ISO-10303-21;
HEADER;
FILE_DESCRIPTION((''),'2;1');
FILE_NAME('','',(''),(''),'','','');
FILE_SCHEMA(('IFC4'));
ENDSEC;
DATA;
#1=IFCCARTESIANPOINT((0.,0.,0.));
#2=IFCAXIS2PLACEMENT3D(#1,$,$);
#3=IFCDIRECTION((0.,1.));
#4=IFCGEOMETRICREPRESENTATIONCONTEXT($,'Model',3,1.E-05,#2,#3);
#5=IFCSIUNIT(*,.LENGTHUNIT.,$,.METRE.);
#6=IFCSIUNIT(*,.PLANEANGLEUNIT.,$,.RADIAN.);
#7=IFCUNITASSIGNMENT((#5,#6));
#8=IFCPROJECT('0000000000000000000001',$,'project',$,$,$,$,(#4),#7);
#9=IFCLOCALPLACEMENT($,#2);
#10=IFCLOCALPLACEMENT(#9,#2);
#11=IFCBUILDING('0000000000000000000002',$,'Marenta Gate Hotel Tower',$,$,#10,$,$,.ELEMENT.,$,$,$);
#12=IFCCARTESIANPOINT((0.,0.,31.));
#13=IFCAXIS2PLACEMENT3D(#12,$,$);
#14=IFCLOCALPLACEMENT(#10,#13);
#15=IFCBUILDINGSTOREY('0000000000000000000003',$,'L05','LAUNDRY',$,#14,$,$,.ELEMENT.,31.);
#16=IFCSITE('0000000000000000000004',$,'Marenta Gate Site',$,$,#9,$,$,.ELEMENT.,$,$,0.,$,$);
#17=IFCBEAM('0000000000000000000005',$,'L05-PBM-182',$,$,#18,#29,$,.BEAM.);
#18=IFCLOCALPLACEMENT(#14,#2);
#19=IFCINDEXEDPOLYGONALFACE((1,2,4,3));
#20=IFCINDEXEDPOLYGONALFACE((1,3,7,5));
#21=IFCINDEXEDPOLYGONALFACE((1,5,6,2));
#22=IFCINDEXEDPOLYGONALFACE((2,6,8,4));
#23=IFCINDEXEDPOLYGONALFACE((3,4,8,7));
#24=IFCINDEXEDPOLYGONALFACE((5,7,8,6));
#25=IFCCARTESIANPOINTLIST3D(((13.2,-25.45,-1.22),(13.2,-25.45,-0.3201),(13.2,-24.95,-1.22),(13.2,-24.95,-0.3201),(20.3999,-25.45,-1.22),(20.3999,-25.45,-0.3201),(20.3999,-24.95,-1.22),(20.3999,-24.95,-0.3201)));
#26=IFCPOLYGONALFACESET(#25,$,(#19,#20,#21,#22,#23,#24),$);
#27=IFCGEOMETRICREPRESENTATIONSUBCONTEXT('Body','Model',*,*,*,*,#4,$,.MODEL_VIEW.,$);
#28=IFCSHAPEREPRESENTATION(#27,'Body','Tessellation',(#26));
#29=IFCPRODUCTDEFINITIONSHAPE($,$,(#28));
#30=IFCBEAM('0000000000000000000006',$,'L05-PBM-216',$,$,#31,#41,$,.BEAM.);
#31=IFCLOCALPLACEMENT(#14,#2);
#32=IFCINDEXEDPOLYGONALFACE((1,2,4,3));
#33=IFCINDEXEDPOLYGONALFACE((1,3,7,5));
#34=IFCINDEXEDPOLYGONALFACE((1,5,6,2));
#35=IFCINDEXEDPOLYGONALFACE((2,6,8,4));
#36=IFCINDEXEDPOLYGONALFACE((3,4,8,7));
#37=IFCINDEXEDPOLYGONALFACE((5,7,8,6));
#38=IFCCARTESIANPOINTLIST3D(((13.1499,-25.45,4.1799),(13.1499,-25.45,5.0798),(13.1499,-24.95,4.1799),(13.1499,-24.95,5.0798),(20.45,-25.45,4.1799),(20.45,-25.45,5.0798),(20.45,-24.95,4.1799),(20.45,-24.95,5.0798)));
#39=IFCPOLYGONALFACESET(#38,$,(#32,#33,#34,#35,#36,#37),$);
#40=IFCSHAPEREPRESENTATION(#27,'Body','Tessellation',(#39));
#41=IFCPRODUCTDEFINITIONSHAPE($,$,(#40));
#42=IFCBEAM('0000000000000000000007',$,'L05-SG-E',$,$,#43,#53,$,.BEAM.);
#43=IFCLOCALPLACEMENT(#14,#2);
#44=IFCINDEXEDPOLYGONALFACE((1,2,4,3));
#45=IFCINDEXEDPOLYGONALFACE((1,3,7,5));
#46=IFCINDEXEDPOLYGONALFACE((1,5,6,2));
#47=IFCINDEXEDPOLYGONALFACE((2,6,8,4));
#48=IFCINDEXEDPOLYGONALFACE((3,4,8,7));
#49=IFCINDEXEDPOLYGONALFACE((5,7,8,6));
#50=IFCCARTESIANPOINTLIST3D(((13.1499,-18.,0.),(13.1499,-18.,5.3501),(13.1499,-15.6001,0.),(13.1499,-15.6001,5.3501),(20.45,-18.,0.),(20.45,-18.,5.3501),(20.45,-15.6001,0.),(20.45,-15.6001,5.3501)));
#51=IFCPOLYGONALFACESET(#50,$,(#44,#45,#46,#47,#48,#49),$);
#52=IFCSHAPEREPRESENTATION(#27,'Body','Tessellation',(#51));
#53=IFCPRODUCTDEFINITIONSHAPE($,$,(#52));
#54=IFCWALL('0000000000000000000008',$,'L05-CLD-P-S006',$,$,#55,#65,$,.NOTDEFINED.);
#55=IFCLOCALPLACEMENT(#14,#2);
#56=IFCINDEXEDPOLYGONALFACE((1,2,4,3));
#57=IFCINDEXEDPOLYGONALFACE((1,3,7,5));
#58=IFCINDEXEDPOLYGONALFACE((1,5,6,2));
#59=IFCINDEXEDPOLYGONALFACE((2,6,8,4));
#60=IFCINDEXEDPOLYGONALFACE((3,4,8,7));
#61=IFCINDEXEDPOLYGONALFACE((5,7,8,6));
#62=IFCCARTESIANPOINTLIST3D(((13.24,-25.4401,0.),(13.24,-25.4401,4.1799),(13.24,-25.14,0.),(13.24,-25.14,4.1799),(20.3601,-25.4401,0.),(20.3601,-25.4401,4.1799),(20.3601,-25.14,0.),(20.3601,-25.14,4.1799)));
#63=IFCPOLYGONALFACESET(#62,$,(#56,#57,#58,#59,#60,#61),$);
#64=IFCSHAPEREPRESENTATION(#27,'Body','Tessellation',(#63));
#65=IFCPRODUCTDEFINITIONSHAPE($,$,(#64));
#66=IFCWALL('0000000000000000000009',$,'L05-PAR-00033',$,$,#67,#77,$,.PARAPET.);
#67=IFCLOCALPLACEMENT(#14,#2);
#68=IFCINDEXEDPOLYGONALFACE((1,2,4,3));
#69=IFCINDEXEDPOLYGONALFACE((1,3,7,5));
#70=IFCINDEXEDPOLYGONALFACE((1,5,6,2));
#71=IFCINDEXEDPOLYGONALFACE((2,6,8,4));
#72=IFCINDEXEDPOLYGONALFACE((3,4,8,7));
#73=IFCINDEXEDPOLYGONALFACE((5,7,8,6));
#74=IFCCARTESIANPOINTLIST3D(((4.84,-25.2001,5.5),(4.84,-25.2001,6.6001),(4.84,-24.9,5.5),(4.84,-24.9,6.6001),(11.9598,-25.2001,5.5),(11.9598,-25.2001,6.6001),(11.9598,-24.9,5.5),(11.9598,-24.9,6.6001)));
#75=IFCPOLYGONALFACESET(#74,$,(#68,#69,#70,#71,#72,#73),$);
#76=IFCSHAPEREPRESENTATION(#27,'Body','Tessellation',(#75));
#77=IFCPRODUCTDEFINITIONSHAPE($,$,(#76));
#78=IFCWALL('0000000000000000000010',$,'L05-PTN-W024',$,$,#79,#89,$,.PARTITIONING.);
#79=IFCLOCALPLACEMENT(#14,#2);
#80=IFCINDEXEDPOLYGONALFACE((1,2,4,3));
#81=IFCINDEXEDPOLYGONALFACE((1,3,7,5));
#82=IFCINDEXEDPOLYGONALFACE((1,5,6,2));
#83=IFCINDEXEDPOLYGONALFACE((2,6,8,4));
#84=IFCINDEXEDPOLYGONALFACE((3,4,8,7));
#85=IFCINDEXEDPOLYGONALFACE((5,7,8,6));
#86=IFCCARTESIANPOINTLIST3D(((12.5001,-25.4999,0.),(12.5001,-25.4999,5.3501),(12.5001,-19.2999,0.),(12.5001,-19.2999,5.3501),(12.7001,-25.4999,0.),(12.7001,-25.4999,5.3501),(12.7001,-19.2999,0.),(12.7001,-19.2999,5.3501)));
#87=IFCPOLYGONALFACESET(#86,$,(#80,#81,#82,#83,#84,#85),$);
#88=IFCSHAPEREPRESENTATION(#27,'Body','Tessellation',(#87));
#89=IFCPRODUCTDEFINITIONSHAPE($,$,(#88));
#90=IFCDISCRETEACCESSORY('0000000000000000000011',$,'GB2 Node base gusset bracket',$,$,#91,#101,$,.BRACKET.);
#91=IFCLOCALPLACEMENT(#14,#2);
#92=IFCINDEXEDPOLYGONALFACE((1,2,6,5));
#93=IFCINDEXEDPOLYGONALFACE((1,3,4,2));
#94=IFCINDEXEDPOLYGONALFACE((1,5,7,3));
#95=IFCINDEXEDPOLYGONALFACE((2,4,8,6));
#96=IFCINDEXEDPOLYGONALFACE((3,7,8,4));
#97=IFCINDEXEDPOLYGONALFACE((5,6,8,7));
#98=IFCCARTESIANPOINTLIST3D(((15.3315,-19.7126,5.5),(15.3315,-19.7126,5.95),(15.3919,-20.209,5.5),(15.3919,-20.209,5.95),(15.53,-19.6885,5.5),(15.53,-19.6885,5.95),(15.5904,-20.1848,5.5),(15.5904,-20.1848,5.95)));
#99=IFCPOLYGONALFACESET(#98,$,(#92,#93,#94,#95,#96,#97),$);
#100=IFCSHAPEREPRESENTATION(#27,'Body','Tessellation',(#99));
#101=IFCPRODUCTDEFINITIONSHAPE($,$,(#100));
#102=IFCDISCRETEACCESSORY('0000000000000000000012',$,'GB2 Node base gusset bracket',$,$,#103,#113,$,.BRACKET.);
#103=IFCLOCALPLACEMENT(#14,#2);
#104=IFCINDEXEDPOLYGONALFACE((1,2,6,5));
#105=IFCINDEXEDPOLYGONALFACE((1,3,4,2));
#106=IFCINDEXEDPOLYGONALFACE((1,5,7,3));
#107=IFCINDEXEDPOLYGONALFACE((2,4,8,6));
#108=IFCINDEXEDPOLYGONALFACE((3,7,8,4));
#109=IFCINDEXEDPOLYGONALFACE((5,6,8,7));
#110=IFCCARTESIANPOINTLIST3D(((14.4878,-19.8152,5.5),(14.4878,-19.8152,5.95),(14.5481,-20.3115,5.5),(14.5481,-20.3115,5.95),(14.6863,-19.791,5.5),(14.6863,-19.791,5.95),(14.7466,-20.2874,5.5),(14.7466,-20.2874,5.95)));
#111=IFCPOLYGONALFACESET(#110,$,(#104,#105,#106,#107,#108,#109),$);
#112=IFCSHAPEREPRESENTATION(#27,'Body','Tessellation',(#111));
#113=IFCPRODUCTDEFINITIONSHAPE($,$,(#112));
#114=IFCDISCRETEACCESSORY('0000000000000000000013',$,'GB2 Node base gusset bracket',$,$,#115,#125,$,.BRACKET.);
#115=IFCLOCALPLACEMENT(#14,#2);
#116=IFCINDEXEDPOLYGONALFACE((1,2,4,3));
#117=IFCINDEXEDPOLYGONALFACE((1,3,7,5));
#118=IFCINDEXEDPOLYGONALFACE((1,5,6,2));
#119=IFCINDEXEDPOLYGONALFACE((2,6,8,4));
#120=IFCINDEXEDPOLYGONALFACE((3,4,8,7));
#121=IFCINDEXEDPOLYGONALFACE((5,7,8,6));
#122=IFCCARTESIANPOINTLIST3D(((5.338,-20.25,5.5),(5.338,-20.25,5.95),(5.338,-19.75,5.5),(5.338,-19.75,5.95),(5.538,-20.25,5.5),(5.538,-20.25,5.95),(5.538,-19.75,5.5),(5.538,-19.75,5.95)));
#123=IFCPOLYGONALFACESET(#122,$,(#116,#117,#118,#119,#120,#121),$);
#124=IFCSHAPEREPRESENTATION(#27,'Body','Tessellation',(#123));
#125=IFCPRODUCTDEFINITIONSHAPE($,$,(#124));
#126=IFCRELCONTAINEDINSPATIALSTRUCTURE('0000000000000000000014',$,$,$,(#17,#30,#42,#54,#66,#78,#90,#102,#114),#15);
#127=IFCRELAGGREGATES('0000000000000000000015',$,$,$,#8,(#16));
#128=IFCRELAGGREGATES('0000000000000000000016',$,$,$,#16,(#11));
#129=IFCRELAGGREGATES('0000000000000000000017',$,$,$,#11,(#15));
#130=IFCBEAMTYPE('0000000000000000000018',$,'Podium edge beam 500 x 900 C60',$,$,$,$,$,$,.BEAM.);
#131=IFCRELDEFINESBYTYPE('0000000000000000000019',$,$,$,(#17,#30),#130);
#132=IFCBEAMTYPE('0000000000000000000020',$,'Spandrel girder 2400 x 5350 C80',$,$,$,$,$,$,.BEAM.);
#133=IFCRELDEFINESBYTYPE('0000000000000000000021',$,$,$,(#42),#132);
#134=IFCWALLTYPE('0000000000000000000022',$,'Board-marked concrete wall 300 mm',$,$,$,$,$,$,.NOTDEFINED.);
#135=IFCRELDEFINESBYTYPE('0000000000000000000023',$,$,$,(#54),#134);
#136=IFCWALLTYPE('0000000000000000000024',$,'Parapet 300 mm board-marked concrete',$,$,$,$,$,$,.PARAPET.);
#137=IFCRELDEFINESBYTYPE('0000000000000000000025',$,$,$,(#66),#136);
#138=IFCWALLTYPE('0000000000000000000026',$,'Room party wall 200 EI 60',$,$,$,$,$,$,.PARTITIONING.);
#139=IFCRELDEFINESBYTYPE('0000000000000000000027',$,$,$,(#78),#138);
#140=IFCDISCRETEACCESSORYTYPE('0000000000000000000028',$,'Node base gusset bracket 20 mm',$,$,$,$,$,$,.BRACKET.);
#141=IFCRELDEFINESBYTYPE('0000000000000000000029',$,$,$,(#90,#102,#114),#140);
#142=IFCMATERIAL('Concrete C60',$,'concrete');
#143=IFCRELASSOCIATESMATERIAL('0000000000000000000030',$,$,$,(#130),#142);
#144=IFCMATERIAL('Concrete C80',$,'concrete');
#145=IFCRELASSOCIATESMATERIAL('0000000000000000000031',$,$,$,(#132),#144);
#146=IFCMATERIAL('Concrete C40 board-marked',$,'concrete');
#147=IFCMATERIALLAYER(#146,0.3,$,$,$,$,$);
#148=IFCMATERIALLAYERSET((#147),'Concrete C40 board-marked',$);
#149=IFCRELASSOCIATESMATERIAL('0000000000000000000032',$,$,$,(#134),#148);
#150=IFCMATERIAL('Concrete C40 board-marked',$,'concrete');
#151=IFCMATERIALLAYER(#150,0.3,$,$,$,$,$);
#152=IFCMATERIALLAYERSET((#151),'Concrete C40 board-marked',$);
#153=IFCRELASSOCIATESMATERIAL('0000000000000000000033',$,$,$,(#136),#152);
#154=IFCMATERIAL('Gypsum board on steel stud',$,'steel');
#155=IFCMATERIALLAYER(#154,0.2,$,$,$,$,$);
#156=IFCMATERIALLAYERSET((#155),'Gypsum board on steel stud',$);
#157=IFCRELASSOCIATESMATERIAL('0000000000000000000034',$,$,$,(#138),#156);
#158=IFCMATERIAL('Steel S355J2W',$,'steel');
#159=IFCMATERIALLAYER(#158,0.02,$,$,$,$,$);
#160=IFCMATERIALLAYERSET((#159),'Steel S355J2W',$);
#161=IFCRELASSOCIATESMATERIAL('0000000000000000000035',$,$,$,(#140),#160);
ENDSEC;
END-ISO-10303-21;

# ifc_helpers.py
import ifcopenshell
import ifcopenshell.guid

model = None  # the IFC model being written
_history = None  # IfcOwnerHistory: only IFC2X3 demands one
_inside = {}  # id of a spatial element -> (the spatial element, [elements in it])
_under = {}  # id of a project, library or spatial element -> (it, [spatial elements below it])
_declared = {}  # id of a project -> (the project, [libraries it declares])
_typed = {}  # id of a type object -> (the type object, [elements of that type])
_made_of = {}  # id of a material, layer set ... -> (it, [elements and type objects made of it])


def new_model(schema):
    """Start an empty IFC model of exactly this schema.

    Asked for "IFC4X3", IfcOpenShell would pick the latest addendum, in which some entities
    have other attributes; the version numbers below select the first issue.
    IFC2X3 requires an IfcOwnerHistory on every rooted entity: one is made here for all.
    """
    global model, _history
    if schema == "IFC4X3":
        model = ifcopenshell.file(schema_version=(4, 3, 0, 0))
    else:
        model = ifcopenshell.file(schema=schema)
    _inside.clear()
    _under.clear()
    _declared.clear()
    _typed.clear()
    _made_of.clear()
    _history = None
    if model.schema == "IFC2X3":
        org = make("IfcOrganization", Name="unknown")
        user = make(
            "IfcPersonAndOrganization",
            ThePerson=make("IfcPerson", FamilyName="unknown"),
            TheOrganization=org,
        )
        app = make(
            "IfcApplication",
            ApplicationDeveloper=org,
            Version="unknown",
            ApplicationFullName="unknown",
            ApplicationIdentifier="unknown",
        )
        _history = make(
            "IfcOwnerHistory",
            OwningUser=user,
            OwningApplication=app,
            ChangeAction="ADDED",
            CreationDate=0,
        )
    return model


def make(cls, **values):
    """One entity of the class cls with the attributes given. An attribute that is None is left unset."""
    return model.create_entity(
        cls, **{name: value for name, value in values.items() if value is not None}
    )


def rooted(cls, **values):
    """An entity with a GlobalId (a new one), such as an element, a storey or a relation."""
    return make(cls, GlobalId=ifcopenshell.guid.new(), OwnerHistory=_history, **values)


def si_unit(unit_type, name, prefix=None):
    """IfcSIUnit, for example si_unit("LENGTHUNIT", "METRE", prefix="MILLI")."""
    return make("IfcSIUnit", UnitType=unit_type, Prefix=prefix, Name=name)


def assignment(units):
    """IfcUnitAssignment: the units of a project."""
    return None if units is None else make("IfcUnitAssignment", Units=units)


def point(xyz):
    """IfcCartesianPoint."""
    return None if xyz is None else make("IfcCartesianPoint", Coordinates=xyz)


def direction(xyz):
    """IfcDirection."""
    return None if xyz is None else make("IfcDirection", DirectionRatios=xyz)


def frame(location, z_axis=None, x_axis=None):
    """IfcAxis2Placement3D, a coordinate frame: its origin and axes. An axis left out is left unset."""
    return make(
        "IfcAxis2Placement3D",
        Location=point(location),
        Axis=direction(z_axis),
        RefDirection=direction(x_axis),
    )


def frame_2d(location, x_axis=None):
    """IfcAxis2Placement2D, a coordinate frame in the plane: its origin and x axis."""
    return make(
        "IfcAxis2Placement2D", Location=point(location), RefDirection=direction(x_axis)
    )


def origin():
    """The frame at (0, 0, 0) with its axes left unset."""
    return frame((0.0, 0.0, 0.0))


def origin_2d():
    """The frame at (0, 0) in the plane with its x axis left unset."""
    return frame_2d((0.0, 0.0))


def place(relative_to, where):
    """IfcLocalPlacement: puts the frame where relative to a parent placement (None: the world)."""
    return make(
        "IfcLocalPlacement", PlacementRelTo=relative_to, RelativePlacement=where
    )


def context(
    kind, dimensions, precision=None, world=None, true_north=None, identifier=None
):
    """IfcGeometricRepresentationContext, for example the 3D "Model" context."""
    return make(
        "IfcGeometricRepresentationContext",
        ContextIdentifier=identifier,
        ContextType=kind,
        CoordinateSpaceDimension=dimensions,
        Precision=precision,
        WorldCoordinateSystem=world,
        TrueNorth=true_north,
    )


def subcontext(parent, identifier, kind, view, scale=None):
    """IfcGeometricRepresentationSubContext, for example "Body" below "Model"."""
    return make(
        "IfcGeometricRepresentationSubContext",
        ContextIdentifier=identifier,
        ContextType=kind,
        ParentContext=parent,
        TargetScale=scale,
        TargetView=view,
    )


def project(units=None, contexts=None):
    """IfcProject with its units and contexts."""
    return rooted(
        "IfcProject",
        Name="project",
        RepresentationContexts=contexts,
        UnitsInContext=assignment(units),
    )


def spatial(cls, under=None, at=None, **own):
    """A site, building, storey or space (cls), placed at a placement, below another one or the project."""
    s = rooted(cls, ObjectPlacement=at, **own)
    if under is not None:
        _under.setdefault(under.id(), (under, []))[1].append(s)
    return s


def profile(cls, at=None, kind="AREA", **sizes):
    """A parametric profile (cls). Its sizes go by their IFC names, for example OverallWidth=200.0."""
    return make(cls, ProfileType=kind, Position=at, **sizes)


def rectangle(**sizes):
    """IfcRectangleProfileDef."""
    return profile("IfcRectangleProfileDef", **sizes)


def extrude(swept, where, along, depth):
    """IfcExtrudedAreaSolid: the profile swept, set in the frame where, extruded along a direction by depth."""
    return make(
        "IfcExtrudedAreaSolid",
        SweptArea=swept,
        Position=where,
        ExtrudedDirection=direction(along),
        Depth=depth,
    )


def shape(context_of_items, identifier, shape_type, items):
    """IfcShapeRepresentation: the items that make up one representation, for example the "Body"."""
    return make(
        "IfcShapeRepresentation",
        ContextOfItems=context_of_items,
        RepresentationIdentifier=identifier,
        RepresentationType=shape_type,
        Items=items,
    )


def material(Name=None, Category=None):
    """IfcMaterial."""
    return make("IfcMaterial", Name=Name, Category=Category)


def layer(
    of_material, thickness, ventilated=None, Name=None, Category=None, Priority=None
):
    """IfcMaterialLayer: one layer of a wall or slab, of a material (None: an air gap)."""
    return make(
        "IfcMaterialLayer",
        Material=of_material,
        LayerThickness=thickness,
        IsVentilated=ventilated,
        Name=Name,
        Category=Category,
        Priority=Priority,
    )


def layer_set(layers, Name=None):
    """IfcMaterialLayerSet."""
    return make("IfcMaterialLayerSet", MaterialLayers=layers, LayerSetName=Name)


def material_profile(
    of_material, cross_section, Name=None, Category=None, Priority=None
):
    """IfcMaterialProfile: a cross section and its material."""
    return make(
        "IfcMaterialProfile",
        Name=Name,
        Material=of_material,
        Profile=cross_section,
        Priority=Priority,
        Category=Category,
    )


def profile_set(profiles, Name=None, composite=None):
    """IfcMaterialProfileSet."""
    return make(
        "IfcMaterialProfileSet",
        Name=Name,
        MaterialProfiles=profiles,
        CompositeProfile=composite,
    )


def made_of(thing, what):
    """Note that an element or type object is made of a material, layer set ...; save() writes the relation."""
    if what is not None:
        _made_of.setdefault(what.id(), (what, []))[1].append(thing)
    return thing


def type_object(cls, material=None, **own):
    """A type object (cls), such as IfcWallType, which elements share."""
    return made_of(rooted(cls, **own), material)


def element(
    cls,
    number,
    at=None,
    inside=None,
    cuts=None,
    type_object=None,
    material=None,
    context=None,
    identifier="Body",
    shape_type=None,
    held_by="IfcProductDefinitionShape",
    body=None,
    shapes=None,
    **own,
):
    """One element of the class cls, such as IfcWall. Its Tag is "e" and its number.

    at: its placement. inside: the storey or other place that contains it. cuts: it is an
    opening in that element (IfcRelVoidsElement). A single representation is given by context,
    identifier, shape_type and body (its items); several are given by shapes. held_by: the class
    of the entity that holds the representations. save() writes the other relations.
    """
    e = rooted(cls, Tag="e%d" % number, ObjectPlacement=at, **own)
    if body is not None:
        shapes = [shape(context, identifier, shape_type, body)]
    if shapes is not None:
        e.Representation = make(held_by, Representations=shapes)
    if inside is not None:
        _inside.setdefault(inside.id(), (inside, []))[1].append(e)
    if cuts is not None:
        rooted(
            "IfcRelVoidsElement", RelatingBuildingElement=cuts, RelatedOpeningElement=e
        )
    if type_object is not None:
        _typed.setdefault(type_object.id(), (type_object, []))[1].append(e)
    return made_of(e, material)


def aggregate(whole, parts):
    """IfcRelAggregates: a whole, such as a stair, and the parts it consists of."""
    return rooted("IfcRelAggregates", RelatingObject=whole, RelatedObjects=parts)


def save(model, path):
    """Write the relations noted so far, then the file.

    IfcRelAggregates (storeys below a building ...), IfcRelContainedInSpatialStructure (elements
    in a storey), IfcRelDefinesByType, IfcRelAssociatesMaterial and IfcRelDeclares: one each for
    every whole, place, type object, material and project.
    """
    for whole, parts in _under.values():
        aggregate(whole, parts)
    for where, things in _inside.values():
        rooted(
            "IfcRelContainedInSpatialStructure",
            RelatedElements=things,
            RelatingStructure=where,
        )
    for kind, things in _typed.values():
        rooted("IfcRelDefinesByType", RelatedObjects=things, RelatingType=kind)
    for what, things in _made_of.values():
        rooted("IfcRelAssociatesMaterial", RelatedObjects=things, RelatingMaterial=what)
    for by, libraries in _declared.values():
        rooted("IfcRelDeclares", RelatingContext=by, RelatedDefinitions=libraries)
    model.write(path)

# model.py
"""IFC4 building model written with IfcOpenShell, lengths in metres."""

from ifc_helpers import new_model, si_unit, direction, frame, frame_2d, origin, origin_2d, place, context, subcontext, project, spatial, rectangle, extrude, material, layer, layer_set, material_profile, profile_set, type_object, element, save


model = new_model("IFC4")

# Units and contexts
model_context = context("Model", 3, precision=1e-05, world=origin(), true_north=direction((0.0, 1.0)))
body_context = subcontext(model_context, "Body", "Model", "MODEL_VIEW")
ifc_project = project(units=[si_unit("LENGTHUNIT", "METRE"), si_unit("PLANEANGLEUNIT", "RADIAN")], contexts=[model_context])

# Site, building, storey
site_placement = place(None, origin())
site = spatial("IfcSite", under=ifc_project, at=site_placement, Name="Marenta Gate Site", CompositionType="ELEMENT", RefElevation=0.0)
building_placement = place(site_placement, origin())
building = spatial("IfcBuilding", under=site, at=building_placement, Name="Marenta Gate Hotel Tower", CompositionType="ELEMENT")
storey_placement = place(building_placement, frame((0.0, 0.0, 31.0)))
storey = spatial("IfcBuildingStorey", under=building, at=storey_placement, Name="L05", Description="LAUNDRY", CompositionType="ELEMENT", Elevation=31.0)

# Beams
ifc_material_1 = material(Name="Concrete C60", Category="concrete")
ifc_material_profile_1 = material_profile(ifc_material_1, rectangle(XDim=0.5, YDim=0.8999, at=origin_2d()), Name="500 x 900")
ifc_profile_set_1 = profile_set([ifc_material_profile_1], Name="Concrete C60")
beam_type_1 = type_object("IfcBeamType", Name="Podium edge beam 500 x 900 C60", PredefinedType="BEAM", material=ifc_profile_set_1)
beam_1_placement = place(storey_placement, frame((13.2, -25.2, -0.77), z_axis=(1.0, 0.0, 0.0), x_axis=(0.0, 1.0, 0.0)))
element("IfcBeam", 1, at=beam_1_placement, inside=storey, type_object=beam_type_1, Name="L05-PBM-182", PredefinedType="BEAM", context=body_context, shape_type="SweptSolid", body=[
    extrude(rectangle(XDim=0.5, YDim=0.8999, at=origin_2d()), origin(), (0.0, 0.0, 1.0), 7.2),
])
beam_2_placement = place(storey_placement, frame((13.1499, -25.2, 4.6299), z_axis=(1.0, 0.0, 0.0), x_axis=(0.0, 1.0, 0.0)))
element("IfcBeam", 2, at=beam_2_placement, inside=storey, type_object=beam_type_1, Name="L05-PBM-216", PredefinedType="BEAM", context=body_context, shape_type="SweptSolid", body=[
    extrude(rectangle(XDim=0.5, YDim=0.8999, at=origin_2d()), origin(), (0.0, 0.0, 1.0), 7.3),
])
ifc_material_2 = material(Name="Concrete C80", Category="concrete")
ifc_material_profile_2 = material_profile(ifc_material_2, rectangle(XDim=2.3999, YDim=5.3501, at=origin_2d()), Name="2400 x 5350")
ifc_profile_set_2 = profile_set([ifc_material_profile_2], Name="Concrete C80")
beam_type_2 = type_object("IfcBeamType", Name="Spandrel girder 2400 x 5350 C80", PredefinedType="BEAM", material=ifc_profile_set_2)
beam_3_placement = place(storey_placement, frame((13.1499, -16.8, 5.3501), z_axis=(1.0, 0.0, 0.0), x_axis=(0.0, 1.0, 0.0)))
element("IfcBeam", 3, at=beam_3_placement, inside=storey, type_object=beam_type_2, Name="L05-SG-E", PredefinedType="BEAM", context=body_context, shape_type="SweptSolid", body=[
    extrude(rectangle(XDim=2.3999, YDim=5.3501, at=frame_2d((0.0, -2.675))), origin(), (0.0, 0.0, 1.0), 7.3),
])

# Walls
ifc_material_3 = material(Name="Concrete C40 board-marked", Category="concrete")
ifc_layer_1 = layer(ifc_material_3, 0.3)
ifc_layer_set_1 = layer_set([ifc_layer_1], Name="Concrete C40 board-marked")
wall_type_1 = type_object("IfcWallType", Name="Board-marked concrete wall 300 mm", PredefinedType="NOTDEFINED", material=ifc_layer_set_1)
wall_1_placement = place(storey_placement, frame((13.24, -25.29, 0.0), z_axis=(0.0, 0.0, 1.0), x_axis=(1.0, 0.0, 0.0)))
element("IfcWall", 4, at=wall_1_placement, inside=storey, type_object=wall_type_1, Name="L05-CLD-P-S006", PredefinedType="NOTDEFINED", context=body_context, shape_type="SweptSolid", body=[
    extrude(rectangle(XDim=7.1201, YDim=0.3, at=frame_2d((3.5601, 0.0))), origin(), (0.0, 0.0, 1.0), 4.1799),
])
ifc_material_4 = material(Name="Concrete C40 board-marked", Category="concrete")
ifc_layer_2 = layer(ifc_material_4, 0.3)
ifc_layer_set_2 = layer_set([ifc_layer_2], Name="Concrete C40 board-marked")
wall_type_2 = type_object("IfcWallType", Name="Parapet 300 mm board-marked concrete", PredefinedType="PARAPET", material=ifc_layer_set_2)
wall_2_placement = place(storey_placement, frame((11.96, -25.05, 5.5), z_axis=(0.0, 0.0, 1.0), x_axis=(-1.0, 0.0, 0.0)))
element("IfcWall", 5, at=wall_2_placement, inside=storey, type_object=wall_type_2, Name="L05-PAR-00033", PredefinedType="PARAPET", context=body_context, shape_type="SweptSolid", body=[
    extrude(rectangle(XDim=7.1199, YDim=0.3, at=frame_2d((3.5601, 0.0))), origin(), (0.0, 0.0, 1.0), 1.1001),
])
ifc_material_5 = material(Name="Gypsum board on steel stud", Category="steel")
ifc_layer_3 = layer(ifc_material_5, 0.2)
ifc_layer_set_3 = layer_set([ifc_layer_3], Name="Gypsum board on steel stud")
wall_type_3 = type_object("IfcWallType", Name="Room party wall 200 EI 60", PredefinedType="PARTITIONING", material=ifc_layer_set_3)
wall_3_placement = place(storey_placement, frame((12.6001, -25.5, 0.0), z_axis=(0.0, 0.0, 1.0), x_axis=(0.0, 1.0, 0.0)))
element("IfcWall", 6, at=wall_3_placement, inside=storey, type_object=wall_type_3, Name="L05-PTN-W024", PredefinedType="PARTITIONING", context=body_context, shape_type="SweptSolid", body=[
    extrude(rectangle(XDim=6.2, YDim=0.2, at=frame_2d((3.1001, 0.0))), origin(), (0.0, 0.0, 1.0), 5.3501),
])

# Discrete accessories
ifc_material_6 = material(Name="Steel S355J2W", Category="steel")
ifc_layer_4 = layer(ifc_material_6, 0.02)
ifc_layer_set_4 = layer_set([ifc_layer_4], Name="Steel S355J2W")
discrete_accessory_type = type_object("IfcDiscreteAccessoryType", Name="Node base gusset bracket 20 mm", PredefinedType="BRACKET", material=ifc_layer_set_4)
for number, where, z_axis, x_axis, name in (
    (7, (15.4609, -19.9487, 5.5), (0.0, 0.0, 1.0), (-0.992691, -0.120686, 0.0), "GB2 Node base gusset bracket"),
    (8, (14.6172, -20.0513, 5.5), (0.0, 0.0, 1.0), (-0.992691, -0.120686, 0.0), "GB2 Node base gusset bracket"),
    (9, (5.438, -20.0, 5.5), (0.0, 0.0, 1.0), (-1.0, 0.0, 0.0), "GB2 Node base gusset bracket"),
):
    element("IfcDiscreteAccessory", number, at=place(storey_placement, frame(where, z_axis=z_axis, x_axis=x_axis)), inside=storey, type_object=discrete_accessory_type, Name=name, PredefinedType="BRACKET", context=body_context, shape_type="SweptSolid", body=[
        extrude(rectangle(XDim=0.2, YDim=0.5, at=origin_2d()), origin(), (0.0, 0.0, 1.0), 0.45),
    ])

save(model, "model.ifc")
